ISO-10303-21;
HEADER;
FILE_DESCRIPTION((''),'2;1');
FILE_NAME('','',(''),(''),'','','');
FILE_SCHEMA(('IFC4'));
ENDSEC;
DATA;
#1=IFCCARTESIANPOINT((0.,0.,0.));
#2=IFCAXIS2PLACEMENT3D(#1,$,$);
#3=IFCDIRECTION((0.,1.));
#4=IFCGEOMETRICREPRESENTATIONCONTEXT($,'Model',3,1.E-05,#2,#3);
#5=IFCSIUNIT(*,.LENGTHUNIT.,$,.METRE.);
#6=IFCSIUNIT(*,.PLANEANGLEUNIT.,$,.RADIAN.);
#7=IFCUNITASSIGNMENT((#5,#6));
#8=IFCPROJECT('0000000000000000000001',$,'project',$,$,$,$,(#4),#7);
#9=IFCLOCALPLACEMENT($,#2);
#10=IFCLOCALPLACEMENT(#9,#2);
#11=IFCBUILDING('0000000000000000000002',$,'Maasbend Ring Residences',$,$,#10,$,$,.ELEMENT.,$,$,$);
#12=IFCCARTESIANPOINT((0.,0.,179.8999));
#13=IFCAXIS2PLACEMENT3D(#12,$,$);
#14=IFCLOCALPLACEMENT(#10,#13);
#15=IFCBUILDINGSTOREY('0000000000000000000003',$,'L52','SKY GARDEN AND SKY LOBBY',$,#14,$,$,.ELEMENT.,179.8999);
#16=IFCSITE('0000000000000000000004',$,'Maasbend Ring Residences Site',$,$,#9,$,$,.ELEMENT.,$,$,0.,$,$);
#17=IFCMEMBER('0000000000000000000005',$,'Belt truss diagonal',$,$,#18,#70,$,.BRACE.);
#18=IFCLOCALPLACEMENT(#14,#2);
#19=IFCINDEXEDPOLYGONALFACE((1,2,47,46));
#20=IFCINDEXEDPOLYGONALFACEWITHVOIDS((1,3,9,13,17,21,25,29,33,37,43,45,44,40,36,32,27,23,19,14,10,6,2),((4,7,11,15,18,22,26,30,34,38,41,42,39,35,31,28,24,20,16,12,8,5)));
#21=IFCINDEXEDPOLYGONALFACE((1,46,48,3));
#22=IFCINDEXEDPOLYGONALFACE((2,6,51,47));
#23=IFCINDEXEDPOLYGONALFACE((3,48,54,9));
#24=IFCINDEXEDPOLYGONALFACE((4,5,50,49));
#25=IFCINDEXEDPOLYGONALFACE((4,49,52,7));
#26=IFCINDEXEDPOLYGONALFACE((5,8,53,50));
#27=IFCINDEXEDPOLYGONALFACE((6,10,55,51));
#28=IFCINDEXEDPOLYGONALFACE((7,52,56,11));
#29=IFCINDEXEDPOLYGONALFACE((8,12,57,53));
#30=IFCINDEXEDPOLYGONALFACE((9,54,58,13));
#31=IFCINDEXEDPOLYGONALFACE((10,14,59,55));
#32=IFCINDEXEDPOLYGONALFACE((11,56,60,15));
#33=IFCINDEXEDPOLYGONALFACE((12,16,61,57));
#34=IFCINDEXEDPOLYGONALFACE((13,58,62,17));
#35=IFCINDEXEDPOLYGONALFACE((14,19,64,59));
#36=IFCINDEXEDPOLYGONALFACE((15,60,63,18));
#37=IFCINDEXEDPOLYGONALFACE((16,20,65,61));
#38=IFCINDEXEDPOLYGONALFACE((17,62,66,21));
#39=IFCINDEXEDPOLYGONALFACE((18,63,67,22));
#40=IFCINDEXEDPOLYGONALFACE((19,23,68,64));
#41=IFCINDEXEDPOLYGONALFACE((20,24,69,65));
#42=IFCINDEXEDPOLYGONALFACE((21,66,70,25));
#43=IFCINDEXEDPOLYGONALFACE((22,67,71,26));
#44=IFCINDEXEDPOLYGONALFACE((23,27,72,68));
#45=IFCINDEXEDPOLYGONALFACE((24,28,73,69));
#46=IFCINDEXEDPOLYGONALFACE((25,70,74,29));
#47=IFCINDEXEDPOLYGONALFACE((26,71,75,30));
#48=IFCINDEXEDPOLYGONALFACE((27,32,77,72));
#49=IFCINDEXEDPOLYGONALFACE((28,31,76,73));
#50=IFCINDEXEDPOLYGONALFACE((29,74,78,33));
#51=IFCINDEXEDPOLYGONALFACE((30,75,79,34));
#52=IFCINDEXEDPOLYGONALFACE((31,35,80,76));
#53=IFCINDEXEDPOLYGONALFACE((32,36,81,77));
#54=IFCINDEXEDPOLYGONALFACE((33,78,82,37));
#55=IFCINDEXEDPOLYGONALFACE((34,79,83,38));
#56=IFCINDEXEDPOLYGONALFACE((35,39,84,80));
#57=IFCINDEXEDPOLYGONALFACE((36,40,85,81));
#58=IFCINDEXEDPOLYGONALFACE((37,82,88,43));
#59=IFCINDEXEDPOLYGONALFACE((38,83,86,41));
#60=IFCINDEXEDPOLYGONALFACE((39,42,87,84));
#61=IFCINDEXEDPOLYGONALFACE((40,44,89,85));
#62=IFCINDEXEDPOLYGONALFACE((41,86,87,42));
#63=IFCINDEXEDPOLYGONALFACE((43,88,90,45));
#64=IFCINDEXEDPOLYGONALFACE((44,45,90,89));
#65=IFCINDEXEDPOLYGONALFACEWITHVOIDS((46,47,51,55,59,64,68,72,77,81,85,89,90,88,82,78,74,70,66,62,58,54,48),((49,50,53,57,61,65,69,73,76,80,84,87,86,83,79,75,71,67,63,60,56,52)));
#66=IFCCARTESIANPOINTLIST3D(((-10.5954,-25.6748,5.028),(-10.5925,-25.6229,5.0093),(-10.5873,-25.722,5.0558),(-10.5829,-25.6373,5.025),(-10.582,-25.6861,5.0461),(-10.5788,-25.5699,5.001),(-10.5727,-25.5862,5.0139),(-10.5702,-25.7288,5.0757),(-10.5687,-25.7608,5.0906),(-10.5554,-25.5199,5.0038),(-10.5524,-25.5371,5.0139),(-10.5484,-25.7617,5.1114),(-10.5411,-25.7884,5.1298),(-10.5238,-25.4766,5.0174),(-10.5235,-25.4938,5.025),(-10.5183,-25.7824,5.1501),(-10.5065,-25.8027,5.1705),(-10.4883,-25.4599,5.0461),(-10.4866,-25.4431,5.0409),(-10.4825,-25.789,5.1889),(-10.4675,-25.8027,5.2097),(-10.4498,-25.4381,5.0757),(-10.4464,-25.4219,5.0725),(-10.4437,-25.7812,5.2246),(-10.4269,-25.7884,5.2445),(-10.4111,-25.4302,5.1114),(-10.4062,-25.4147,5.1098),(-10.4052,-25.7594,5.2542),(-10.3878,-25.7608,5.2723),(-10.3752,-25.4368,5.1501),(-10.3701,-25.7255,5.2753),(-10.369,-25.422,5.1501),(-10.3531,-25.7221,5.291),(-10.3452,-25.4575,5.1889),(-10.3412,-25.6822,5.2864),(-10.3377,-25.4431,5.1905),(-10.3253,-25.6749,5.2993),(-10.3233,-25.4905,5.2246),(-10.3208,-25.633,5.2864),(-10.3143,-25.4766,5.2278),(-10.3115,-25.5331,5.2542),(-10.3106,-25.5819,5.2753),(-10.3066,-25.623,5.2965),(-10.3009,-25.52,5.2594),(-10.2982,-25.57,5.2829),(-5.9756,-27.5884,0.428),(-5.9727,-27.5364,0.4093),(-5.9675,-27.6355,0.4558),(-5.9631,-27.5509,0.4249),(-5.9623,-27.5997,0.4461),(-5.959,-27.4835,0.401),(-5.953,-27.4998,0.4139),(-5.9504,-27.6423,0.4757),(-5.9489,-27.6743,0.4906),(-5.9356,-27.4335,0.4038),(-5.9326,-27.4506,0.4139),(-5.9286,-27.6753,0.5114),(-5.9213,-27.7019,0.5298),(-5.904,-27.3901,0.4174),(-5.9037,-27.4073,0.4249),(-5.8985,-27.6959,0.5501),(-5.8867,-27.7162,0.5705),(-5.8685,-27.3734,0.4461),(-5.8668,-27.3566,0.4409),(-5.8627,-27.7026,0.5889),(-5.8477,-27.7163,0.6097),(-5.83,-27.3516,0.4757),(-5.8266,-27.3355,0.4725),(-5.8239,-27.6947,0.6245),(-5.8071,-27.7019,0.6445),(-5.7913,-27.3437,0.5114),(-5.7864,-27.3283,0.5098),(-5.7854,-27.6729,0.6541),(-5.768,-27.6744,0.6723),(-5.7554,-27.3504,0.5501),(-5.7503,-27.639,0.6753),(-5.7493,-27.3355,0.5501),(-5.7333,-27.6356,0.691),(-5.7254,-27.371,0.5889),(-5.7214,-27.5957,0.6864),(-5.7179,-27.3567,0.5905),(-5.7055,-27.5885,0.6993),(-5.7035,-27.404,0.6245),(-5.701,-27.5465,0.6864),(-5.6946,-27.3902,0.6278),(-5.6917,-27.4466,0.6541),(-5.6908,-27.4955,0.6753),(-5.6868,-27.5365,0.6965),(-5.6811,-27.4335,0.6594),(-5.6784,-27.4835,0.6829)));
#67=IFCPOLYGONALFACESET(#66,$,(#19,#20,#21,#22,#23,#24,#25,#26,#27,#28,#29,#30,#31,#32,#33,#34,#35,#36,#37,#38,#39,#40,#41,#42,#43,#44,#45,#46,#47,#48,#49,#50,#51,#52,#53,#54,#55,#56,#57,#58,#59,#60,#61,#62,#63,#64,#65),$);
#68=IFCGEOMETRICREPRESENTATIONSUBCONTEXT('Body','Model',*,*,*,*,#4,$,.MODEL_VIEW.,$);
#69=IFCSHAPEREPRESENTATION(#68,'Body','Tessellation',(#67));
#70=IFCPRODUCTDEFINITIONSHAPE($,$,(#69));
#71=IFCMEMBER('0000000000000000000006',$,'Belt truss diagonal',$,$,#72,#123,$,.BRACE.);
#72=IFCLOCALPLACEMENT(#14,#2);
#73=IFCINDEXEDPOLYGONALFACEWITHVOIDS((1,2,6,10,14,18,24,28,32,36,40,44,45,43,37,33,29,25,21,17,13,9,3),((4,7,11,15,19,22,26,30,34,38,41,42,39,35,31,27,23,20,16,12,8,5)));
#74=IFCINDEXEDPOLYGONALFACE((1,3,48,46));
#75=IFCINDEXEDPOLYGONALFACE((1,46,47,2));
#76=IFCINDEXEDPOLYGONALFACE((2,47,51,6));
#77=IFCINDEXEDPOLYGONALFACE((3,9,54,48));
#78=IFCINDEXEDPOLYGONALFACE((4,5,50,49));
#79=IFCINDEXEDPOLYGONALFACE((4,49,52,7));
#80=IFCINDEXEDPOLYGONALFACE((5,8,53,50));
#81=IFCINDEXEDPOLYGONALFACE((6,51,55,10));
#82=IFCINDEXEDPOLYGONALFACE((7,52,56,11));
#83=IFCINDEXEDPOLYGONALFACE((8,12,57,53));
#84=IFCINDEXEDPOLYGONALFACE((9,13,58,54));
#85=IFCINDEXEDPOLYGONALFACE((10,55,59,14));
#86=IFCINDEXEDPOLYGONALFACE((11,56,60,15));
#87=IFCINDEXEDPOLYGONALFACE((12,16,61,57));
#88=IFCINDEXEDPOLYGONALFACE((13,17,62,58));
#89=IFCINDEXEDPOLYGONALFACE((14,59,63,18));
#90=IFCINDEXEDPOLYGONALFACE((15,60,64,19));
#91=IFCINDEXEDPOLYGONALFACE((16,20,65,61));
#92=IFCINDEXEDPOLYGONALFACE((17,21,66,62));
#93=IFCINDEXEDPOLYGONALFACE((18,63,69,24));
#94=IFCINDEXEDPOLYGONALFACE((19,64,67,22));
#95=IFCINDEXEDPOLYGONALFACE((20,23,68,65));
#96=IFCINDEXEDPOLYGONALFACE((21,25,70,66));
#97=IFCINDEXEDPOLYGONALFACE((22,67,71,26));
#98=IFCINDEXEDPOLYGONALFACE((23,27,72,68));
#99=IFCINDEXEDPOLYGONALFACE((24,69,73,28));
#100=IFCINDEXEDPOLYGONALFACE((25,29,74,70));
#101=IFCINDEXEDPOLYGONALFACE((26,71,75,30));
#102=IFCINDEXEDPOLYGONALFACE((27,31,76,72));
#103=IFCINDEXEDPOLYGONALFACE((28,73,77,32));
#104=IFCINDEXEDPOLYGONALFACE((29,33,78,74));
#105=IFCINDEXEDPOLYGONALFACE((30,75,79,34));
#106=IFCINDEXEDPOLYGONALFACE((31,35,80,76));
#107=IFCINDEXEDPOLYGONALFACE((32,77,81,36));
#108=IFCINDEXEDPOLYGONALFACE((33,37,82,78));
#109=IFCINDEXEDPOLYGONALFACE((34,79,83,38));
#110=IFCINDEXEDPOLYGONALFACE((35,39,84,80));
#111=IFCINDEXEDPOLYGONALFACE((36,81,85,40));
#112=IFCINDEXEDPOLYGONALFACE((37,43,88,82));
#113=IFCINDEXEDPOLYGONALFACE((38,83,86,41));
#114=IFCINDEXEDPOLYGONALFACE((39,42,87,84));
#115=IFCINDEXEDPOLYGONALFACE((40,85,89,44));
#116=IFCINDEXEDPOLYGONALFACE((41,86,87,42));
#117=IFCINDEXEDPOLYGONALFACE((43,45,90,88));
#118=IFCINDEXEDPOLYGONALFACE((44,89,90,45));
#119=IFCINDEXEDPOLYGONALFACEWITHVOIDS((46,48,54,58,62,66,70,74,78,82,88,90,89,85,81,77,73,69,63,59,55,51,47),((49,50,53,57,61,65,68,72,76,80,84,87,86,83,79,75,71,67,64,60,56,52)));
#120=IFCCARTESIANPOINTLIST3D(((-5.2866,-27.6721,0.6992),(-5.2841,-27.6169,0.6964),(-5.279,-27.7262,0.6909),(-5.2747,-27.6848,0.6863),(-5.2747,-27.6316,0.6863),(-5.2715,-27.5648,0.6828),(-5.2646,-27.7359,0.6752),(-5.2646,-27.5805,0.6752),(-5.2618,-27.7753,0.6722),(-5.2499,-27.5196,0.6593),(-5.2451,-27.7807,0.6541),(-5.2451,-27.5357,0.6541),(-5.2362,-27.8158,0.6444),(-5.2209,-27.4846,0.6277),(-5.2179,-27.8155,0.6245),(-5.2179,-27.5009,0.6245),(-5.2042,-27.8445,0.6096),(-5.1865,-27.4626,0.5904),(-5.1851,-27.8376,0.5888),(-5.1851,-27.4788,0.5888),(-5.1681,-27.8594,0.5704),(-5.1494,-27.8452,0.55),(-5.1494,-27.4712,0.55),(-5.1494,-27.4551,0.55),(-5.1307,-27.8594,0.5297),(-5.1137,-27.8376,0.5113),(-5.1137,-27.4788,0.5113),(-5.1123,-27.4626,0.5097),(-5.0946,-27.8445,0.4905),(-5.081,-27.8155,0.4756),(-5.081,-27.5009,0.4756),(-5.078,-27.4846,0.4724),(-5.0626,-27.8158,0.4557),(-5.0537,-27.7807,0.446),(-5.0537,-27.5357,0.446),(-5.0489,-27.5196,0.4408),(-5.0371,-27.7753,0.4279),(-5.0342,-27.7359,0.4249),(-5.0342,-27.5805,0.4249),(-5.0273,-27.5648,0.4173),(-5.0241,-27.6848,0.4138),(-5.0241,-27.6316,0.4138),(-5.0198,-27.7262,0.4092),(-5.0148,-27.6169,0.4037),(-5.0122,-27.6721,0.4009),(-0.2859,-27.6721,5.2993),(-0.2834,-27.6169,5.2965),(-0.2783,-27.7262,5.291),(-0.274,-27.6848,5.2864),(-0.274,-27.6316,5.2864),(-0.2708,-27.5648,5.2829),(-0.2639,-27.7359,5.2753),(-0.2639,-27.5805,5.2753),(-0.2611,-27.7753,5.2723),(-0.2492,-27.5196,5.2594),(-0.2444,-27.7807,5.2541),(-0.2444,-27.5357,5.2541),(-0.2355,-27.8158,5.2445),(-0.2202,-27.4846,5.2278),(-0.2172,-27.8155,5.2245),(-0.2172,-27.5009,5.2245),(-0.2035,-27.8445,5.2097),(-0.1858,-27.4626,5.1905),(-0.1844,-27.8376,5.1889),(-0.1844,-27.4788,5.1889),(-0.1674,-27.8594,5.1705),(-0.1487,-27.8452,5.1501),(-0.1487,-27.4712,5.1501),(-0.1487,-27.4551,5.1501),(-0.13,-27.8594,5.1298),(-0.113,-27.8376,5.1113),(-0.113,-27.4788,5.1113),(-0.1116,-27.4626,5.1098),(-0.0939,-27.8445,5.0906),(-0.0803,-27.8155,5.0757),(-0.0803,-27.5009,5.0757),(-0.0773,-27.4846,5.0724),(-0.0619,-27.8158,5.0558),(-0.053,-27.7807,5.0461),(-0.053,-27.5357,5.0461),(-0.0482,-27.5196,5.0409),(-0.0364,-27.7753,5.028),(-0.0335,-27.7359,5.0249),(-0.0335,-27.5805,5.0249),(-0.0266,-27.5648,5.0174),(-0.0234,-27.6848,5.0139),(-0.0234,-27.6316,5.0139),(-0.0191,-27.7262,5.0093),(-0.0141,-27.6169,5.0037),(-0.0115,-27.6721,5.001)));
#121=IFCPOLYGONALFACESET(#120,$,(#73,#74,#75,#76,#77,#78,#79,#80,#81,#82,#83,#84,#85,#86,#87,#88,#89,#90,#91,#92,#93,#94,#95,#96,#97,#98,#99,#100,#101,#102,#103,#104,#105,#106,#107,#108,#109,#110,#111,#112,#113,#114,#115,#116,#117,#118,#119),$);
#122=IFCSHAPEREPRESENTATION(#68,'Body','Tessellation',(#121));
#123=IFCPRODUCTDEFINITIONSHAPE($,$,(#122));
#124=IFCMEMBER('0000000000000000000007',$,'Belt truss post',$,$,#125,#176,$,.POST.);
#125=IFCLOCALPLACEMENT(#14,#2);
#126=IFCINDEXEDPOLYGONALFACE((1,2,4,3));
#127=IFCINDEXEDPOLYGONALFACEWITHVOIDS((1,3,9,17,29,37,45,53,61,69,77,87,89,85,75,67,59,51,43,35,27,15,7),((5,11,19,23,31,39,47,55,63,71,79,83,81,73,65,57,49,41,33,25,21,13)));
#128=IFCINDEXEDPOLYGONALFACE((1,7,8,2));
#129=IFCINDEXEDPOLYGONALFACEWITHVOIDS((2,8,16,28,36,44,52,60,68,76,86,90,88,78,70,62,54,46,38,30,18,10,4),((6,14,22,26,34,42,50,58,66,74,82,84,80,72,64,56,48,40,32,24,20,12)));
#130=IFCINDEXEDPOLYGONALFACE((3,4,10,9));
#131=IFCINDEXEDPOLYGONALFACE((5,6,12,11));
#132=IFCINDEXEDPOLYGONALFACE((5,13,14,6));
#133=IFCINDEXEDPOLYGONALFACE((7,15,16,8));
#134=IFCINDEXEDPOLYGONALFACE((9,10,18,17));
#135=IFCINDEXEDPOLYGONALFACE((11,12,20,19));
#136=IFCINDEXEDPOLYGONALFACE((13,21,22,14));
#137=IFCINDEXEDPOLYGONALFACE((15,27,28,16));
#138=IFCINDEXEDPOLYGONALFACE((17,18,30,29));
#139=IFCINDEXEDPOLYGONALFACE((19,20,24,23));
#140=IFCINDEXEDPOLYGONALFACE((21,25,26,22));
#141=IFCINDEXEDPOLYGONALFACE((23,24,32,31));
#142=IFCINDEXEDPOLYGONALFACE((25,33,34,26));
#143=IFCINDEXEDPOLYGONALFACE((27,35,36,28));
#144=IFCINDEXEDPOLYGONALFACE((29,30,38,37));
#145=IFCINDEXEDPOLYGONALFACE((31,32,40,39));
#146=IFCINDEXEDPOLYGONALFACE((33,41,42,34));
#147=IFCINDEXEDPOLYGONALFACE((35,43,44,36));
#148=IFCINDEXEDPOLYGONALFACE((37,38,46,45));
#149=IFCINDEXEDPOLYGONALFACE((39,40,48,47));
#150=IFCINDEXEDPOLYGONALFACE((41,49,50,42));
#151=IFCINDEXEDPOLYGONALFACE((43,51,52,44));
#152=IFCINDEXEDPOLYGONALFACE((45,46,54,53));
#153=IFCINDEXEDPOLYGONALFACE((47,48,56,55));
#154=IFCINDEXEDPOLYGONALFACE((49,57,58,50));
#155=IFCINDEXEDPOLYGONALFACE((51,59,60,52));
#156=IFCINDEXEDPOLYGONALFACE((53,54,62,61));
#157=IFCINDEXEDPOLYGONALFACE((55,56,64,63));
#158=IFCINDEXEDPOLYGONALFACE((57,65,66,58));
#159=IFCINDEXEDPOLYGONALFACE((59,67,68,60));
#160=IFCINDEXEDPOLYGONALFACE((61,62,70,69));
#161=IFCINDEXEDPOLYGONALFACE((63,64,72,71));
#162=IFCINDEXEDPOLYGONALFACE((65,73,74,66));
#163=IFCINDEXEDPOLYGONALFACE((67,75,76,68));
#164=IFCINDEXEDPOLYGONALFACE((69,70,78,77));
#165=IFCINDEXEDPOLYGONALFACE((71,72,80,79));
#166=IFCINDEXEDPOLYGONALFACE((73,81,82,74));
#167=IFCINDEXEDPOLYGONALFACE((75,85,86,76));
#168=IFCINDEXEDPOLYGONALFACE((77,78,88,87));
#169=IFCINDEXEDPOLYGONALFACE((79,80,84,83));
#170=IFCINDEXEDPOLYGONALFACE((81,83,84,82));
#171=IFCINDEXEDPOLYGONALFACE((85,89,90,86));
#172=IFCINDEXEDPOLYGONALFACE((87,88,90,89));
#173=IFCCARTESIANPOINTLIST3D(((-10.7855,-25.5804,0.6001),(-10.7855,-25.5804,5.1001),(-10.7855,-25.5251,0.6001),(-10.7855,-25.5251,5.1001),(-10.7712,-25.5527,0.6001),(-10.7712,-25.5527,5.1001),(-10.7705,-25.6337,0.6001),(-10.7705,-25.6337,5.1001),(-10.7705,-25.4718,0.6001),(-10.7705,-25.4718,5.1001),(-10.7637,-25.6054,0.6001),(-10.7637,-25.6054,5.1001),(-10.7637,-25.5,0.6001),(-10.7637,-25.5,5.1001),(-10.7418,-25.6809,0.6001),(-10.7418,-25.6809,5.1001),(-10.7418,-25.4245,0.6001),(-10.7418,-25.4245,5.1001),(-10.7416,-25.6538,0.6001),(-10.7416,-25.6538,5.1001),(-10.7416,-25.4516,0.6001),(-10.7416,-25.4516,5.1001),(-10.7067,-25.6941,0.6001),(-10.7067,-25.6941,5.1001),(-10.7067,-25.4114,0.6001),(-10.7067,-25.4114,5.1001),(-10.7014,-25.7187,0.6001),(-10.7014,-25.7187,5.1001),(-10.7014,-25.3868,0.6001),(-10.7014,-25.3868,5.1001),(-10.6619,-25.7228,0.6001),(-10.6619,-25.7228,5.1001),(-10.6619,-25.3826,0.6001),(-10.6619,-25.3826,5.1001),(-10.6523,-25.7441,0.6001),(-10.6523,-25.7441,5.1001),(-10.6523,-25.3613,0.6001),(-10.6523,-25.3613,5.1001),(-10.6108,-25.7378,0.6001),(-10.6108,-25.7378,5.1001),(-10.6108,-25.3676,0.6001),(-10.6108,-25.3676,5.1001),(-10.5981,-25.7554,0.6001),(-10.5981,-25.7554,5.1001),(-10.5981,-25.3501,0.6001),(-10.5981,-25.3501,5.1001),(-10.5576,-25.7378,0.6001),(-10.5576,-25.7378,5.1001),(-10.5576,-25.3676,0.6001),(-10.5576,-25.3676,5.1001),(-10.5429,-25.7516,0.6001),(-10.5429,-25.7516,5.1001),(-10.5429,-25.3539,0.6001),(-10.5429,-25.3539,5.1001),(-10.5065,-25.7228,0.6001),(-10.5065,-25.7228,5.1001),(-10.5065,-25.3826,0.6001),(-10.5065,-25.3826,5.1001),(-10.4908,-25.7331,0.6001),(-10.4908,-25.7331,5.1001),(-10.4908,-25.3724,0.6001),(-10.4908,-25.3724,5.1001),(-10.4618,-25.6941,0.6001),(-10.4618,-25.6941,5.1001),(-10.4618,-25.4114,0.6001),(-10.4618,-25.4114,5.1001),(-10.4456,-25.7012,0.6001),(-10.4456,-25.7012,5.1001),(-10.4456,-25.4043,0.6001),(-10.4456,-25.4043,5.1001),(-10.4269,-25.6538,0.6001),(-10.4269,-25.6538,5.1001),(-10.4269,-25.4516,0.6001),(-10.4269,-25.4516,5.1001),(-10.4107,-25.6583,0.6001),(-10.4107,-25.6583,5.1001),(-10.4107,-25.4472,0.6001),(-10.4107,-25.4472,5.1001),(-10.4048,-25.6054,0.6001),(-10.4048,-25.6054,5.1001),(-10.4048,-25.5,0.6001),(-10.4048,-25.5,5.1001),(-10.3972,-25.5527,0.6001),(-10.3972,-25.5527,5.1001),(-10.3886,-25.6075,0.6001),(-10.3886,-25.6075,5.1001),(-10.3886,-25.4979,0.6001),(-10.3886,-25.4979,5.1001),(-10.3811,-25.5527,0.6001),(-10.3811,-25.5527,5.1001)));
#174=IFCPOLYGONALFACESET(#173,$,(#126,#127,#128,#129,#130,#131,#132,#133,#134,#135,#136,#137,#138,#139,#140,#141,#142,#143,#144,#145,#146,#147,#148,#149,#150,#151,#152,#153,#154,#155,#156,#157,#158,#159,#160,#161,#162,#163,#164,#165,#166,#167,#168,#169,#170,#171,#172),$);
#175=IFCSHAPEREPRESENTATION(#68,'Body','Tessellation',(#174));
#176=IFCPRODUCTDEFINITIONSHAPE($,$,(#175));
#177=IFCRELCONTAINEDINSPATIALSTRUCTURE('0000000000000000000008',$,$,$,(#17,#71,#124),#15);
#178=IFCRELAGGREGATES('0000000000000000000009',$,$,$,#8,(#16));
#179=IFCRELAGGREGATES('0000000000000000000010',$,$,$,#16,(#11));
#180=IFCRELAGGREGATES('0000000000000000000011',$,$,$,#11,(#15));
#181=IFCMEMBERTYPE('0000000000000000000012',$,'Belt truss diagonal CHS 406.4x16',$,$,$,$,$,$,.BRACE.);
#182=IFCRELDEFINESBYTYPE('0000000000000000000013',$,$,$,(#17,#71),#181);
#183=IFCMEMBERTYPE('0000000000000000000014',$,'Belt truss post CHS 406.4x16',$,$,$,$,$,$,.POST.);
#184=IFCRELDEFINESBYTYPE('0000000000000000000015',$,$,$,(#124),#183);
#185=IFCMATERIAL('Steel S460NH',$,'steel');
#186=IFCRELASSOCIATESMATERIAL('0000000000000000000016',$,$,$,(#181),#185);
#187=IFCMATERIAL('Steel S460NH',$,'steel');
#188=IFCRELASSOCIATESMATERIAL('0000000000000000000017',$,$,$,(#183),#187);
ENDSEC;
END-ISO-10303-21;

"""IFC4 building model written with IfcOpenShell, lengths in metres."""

from ifc_helpers import new_model, si_unit, direction, frame, origin, origin_2d, place, context, subcontext, project, spatial, hollow_circle, extrude, material, material_profile, profile_set, type_object, element, save


model = new_model("IFC4")

# Units and contexts
model_context = context("Model", 3, precision=1e-05, world=origin(), true_north=direction((0.0, 1.0)))
body_context = subcontext(model_context, "Body", "Model", "MODEL_VIEW")
ifc_project = project(units=[si_unit("LENGTHUNIT", "METRE"), si_unit("PLANEANGLEUNIT", "RADIAN")], contexts=[model_context])

# Site, building, storey
site_placement = place(None, origin())
site = spatial("IfcSite", under=ifc_project, at=site_placement, Name="Maasbend Ring Residences Site", CompositionType="ELEMENT", RefElevation=0.0)
building_placement = place(site_placement, origin())
building = spatial("IfcBuilding", under=site, at=building_placement, Name="Maasbend Ring Residences", CompositionType="ELEMENT")
storey_placement = place(building_placement, frame((0.0, 0.0, 179.8999)))
storey = spatial("IfcBuildingStorey", under=building, at=storey_placement, Name="L52", Description="SKY GARDEN AND SKY LOBBY", CompositionType="ELEMENT", Elevation=179.8999)

# Members
ifc_material_1 = material(Name="Steel S460NH", Category="steel")
ifc_material_profile_1 = material_profile(ifc_material_1, hollow_circle(Radius=0.2031, WallThickness=0.0161, at=origin_2d()), Name="Belt truss diagonal CHS 406.4x16")
ifc_profile_set_1 = profile_set([ifc_material_profile_1], Name="Steel S460NH")
member_type_1 = type_object("IfcMemberType", Name="Belt truss diagonal CHS 406.4x16", PredefinedType="BRACE", material=ifc_profile_set_1)
member_1_placement = place(storey_placement, frame((-10.4468, -25.6096, 5.1501), z_axis=(0.679938, -0.281634, -0.677028), x_axis=(0.382677, 0.923882, 0.0)))
element("IfcMember", 1, at=member_1_placement, inside=storey, type_object=member_type_1, Name="Belt truss diagonal", PredefinedType="BRACE", context=body_context, shape_type="SweptSolid", body=[
    extrude(hollow_circle(Radius=0.2031, WallThickness=0.0161, at=origin_2d()), origin(), (0.0, 0.0, 1.0), 6.7944),
])
member_2_placement = place(storey_placement, frame((-5.1494, -27.6582, 0.55), z_axis=(0.735973, 0.0, 0.677011), x_axis=(0.0, 1.0, 0.0)))
element("IfcMember", 2, at=member_2_placement, inside=storey, type_object=member_type_1, Name="Belt truss diagonal", PredefinedType="BRACE", context=body_context, shape_type="SweptSolid", body=[
    extrude(hollow_circle(Radius=0.2031, WallThickness=0.0161, at=origin_2d()), origin(), (0.0, 0.0, 1.0), 6.7947),
])
ifc_material_2 = material(Name="Steel S460NH", Category="steel")
ifc_material_profile_2 = material_profile(ifc_material_2, hollow_circle(Radius=0.2031, WallThickness=0.0161, at=origin_2d()), Name="Belt truss post CHS 406.4x16")
ifc_profile_set_2 = profile_set([ifc_material_profile_2], Name="Steel S460NH")
member_type_2 = type_object("IfcMemberType", Name="Belt truss post CHS 406.4x16", PredefinedType="POST", material=ifc_profile_set_2)
for number, where, z_axis, x_axis, name in (
    (3, (-10.5842, -25.5527, 0.6001), (0.0, 0.0, 1.0), (1.0, 0.0, 0.0), "Belt truss post"),
):
    element("IfcMember", number, at=place(storey_placement, frame(where, z_axis=z_axis, x_axis=x_axis)), inside=storey, type_object=member_type_2, Name=name, PredefinedType="POST", context=body_context, shape_type="SweptSolid", body=[
        extrude(hollow_circle(Radius=0.2031, WallThickness=0.0161, at=origin_2d()), origin(), (0.0, 0.0, 1.0), 4.5),
    ])

save(model, "model.ifc")
